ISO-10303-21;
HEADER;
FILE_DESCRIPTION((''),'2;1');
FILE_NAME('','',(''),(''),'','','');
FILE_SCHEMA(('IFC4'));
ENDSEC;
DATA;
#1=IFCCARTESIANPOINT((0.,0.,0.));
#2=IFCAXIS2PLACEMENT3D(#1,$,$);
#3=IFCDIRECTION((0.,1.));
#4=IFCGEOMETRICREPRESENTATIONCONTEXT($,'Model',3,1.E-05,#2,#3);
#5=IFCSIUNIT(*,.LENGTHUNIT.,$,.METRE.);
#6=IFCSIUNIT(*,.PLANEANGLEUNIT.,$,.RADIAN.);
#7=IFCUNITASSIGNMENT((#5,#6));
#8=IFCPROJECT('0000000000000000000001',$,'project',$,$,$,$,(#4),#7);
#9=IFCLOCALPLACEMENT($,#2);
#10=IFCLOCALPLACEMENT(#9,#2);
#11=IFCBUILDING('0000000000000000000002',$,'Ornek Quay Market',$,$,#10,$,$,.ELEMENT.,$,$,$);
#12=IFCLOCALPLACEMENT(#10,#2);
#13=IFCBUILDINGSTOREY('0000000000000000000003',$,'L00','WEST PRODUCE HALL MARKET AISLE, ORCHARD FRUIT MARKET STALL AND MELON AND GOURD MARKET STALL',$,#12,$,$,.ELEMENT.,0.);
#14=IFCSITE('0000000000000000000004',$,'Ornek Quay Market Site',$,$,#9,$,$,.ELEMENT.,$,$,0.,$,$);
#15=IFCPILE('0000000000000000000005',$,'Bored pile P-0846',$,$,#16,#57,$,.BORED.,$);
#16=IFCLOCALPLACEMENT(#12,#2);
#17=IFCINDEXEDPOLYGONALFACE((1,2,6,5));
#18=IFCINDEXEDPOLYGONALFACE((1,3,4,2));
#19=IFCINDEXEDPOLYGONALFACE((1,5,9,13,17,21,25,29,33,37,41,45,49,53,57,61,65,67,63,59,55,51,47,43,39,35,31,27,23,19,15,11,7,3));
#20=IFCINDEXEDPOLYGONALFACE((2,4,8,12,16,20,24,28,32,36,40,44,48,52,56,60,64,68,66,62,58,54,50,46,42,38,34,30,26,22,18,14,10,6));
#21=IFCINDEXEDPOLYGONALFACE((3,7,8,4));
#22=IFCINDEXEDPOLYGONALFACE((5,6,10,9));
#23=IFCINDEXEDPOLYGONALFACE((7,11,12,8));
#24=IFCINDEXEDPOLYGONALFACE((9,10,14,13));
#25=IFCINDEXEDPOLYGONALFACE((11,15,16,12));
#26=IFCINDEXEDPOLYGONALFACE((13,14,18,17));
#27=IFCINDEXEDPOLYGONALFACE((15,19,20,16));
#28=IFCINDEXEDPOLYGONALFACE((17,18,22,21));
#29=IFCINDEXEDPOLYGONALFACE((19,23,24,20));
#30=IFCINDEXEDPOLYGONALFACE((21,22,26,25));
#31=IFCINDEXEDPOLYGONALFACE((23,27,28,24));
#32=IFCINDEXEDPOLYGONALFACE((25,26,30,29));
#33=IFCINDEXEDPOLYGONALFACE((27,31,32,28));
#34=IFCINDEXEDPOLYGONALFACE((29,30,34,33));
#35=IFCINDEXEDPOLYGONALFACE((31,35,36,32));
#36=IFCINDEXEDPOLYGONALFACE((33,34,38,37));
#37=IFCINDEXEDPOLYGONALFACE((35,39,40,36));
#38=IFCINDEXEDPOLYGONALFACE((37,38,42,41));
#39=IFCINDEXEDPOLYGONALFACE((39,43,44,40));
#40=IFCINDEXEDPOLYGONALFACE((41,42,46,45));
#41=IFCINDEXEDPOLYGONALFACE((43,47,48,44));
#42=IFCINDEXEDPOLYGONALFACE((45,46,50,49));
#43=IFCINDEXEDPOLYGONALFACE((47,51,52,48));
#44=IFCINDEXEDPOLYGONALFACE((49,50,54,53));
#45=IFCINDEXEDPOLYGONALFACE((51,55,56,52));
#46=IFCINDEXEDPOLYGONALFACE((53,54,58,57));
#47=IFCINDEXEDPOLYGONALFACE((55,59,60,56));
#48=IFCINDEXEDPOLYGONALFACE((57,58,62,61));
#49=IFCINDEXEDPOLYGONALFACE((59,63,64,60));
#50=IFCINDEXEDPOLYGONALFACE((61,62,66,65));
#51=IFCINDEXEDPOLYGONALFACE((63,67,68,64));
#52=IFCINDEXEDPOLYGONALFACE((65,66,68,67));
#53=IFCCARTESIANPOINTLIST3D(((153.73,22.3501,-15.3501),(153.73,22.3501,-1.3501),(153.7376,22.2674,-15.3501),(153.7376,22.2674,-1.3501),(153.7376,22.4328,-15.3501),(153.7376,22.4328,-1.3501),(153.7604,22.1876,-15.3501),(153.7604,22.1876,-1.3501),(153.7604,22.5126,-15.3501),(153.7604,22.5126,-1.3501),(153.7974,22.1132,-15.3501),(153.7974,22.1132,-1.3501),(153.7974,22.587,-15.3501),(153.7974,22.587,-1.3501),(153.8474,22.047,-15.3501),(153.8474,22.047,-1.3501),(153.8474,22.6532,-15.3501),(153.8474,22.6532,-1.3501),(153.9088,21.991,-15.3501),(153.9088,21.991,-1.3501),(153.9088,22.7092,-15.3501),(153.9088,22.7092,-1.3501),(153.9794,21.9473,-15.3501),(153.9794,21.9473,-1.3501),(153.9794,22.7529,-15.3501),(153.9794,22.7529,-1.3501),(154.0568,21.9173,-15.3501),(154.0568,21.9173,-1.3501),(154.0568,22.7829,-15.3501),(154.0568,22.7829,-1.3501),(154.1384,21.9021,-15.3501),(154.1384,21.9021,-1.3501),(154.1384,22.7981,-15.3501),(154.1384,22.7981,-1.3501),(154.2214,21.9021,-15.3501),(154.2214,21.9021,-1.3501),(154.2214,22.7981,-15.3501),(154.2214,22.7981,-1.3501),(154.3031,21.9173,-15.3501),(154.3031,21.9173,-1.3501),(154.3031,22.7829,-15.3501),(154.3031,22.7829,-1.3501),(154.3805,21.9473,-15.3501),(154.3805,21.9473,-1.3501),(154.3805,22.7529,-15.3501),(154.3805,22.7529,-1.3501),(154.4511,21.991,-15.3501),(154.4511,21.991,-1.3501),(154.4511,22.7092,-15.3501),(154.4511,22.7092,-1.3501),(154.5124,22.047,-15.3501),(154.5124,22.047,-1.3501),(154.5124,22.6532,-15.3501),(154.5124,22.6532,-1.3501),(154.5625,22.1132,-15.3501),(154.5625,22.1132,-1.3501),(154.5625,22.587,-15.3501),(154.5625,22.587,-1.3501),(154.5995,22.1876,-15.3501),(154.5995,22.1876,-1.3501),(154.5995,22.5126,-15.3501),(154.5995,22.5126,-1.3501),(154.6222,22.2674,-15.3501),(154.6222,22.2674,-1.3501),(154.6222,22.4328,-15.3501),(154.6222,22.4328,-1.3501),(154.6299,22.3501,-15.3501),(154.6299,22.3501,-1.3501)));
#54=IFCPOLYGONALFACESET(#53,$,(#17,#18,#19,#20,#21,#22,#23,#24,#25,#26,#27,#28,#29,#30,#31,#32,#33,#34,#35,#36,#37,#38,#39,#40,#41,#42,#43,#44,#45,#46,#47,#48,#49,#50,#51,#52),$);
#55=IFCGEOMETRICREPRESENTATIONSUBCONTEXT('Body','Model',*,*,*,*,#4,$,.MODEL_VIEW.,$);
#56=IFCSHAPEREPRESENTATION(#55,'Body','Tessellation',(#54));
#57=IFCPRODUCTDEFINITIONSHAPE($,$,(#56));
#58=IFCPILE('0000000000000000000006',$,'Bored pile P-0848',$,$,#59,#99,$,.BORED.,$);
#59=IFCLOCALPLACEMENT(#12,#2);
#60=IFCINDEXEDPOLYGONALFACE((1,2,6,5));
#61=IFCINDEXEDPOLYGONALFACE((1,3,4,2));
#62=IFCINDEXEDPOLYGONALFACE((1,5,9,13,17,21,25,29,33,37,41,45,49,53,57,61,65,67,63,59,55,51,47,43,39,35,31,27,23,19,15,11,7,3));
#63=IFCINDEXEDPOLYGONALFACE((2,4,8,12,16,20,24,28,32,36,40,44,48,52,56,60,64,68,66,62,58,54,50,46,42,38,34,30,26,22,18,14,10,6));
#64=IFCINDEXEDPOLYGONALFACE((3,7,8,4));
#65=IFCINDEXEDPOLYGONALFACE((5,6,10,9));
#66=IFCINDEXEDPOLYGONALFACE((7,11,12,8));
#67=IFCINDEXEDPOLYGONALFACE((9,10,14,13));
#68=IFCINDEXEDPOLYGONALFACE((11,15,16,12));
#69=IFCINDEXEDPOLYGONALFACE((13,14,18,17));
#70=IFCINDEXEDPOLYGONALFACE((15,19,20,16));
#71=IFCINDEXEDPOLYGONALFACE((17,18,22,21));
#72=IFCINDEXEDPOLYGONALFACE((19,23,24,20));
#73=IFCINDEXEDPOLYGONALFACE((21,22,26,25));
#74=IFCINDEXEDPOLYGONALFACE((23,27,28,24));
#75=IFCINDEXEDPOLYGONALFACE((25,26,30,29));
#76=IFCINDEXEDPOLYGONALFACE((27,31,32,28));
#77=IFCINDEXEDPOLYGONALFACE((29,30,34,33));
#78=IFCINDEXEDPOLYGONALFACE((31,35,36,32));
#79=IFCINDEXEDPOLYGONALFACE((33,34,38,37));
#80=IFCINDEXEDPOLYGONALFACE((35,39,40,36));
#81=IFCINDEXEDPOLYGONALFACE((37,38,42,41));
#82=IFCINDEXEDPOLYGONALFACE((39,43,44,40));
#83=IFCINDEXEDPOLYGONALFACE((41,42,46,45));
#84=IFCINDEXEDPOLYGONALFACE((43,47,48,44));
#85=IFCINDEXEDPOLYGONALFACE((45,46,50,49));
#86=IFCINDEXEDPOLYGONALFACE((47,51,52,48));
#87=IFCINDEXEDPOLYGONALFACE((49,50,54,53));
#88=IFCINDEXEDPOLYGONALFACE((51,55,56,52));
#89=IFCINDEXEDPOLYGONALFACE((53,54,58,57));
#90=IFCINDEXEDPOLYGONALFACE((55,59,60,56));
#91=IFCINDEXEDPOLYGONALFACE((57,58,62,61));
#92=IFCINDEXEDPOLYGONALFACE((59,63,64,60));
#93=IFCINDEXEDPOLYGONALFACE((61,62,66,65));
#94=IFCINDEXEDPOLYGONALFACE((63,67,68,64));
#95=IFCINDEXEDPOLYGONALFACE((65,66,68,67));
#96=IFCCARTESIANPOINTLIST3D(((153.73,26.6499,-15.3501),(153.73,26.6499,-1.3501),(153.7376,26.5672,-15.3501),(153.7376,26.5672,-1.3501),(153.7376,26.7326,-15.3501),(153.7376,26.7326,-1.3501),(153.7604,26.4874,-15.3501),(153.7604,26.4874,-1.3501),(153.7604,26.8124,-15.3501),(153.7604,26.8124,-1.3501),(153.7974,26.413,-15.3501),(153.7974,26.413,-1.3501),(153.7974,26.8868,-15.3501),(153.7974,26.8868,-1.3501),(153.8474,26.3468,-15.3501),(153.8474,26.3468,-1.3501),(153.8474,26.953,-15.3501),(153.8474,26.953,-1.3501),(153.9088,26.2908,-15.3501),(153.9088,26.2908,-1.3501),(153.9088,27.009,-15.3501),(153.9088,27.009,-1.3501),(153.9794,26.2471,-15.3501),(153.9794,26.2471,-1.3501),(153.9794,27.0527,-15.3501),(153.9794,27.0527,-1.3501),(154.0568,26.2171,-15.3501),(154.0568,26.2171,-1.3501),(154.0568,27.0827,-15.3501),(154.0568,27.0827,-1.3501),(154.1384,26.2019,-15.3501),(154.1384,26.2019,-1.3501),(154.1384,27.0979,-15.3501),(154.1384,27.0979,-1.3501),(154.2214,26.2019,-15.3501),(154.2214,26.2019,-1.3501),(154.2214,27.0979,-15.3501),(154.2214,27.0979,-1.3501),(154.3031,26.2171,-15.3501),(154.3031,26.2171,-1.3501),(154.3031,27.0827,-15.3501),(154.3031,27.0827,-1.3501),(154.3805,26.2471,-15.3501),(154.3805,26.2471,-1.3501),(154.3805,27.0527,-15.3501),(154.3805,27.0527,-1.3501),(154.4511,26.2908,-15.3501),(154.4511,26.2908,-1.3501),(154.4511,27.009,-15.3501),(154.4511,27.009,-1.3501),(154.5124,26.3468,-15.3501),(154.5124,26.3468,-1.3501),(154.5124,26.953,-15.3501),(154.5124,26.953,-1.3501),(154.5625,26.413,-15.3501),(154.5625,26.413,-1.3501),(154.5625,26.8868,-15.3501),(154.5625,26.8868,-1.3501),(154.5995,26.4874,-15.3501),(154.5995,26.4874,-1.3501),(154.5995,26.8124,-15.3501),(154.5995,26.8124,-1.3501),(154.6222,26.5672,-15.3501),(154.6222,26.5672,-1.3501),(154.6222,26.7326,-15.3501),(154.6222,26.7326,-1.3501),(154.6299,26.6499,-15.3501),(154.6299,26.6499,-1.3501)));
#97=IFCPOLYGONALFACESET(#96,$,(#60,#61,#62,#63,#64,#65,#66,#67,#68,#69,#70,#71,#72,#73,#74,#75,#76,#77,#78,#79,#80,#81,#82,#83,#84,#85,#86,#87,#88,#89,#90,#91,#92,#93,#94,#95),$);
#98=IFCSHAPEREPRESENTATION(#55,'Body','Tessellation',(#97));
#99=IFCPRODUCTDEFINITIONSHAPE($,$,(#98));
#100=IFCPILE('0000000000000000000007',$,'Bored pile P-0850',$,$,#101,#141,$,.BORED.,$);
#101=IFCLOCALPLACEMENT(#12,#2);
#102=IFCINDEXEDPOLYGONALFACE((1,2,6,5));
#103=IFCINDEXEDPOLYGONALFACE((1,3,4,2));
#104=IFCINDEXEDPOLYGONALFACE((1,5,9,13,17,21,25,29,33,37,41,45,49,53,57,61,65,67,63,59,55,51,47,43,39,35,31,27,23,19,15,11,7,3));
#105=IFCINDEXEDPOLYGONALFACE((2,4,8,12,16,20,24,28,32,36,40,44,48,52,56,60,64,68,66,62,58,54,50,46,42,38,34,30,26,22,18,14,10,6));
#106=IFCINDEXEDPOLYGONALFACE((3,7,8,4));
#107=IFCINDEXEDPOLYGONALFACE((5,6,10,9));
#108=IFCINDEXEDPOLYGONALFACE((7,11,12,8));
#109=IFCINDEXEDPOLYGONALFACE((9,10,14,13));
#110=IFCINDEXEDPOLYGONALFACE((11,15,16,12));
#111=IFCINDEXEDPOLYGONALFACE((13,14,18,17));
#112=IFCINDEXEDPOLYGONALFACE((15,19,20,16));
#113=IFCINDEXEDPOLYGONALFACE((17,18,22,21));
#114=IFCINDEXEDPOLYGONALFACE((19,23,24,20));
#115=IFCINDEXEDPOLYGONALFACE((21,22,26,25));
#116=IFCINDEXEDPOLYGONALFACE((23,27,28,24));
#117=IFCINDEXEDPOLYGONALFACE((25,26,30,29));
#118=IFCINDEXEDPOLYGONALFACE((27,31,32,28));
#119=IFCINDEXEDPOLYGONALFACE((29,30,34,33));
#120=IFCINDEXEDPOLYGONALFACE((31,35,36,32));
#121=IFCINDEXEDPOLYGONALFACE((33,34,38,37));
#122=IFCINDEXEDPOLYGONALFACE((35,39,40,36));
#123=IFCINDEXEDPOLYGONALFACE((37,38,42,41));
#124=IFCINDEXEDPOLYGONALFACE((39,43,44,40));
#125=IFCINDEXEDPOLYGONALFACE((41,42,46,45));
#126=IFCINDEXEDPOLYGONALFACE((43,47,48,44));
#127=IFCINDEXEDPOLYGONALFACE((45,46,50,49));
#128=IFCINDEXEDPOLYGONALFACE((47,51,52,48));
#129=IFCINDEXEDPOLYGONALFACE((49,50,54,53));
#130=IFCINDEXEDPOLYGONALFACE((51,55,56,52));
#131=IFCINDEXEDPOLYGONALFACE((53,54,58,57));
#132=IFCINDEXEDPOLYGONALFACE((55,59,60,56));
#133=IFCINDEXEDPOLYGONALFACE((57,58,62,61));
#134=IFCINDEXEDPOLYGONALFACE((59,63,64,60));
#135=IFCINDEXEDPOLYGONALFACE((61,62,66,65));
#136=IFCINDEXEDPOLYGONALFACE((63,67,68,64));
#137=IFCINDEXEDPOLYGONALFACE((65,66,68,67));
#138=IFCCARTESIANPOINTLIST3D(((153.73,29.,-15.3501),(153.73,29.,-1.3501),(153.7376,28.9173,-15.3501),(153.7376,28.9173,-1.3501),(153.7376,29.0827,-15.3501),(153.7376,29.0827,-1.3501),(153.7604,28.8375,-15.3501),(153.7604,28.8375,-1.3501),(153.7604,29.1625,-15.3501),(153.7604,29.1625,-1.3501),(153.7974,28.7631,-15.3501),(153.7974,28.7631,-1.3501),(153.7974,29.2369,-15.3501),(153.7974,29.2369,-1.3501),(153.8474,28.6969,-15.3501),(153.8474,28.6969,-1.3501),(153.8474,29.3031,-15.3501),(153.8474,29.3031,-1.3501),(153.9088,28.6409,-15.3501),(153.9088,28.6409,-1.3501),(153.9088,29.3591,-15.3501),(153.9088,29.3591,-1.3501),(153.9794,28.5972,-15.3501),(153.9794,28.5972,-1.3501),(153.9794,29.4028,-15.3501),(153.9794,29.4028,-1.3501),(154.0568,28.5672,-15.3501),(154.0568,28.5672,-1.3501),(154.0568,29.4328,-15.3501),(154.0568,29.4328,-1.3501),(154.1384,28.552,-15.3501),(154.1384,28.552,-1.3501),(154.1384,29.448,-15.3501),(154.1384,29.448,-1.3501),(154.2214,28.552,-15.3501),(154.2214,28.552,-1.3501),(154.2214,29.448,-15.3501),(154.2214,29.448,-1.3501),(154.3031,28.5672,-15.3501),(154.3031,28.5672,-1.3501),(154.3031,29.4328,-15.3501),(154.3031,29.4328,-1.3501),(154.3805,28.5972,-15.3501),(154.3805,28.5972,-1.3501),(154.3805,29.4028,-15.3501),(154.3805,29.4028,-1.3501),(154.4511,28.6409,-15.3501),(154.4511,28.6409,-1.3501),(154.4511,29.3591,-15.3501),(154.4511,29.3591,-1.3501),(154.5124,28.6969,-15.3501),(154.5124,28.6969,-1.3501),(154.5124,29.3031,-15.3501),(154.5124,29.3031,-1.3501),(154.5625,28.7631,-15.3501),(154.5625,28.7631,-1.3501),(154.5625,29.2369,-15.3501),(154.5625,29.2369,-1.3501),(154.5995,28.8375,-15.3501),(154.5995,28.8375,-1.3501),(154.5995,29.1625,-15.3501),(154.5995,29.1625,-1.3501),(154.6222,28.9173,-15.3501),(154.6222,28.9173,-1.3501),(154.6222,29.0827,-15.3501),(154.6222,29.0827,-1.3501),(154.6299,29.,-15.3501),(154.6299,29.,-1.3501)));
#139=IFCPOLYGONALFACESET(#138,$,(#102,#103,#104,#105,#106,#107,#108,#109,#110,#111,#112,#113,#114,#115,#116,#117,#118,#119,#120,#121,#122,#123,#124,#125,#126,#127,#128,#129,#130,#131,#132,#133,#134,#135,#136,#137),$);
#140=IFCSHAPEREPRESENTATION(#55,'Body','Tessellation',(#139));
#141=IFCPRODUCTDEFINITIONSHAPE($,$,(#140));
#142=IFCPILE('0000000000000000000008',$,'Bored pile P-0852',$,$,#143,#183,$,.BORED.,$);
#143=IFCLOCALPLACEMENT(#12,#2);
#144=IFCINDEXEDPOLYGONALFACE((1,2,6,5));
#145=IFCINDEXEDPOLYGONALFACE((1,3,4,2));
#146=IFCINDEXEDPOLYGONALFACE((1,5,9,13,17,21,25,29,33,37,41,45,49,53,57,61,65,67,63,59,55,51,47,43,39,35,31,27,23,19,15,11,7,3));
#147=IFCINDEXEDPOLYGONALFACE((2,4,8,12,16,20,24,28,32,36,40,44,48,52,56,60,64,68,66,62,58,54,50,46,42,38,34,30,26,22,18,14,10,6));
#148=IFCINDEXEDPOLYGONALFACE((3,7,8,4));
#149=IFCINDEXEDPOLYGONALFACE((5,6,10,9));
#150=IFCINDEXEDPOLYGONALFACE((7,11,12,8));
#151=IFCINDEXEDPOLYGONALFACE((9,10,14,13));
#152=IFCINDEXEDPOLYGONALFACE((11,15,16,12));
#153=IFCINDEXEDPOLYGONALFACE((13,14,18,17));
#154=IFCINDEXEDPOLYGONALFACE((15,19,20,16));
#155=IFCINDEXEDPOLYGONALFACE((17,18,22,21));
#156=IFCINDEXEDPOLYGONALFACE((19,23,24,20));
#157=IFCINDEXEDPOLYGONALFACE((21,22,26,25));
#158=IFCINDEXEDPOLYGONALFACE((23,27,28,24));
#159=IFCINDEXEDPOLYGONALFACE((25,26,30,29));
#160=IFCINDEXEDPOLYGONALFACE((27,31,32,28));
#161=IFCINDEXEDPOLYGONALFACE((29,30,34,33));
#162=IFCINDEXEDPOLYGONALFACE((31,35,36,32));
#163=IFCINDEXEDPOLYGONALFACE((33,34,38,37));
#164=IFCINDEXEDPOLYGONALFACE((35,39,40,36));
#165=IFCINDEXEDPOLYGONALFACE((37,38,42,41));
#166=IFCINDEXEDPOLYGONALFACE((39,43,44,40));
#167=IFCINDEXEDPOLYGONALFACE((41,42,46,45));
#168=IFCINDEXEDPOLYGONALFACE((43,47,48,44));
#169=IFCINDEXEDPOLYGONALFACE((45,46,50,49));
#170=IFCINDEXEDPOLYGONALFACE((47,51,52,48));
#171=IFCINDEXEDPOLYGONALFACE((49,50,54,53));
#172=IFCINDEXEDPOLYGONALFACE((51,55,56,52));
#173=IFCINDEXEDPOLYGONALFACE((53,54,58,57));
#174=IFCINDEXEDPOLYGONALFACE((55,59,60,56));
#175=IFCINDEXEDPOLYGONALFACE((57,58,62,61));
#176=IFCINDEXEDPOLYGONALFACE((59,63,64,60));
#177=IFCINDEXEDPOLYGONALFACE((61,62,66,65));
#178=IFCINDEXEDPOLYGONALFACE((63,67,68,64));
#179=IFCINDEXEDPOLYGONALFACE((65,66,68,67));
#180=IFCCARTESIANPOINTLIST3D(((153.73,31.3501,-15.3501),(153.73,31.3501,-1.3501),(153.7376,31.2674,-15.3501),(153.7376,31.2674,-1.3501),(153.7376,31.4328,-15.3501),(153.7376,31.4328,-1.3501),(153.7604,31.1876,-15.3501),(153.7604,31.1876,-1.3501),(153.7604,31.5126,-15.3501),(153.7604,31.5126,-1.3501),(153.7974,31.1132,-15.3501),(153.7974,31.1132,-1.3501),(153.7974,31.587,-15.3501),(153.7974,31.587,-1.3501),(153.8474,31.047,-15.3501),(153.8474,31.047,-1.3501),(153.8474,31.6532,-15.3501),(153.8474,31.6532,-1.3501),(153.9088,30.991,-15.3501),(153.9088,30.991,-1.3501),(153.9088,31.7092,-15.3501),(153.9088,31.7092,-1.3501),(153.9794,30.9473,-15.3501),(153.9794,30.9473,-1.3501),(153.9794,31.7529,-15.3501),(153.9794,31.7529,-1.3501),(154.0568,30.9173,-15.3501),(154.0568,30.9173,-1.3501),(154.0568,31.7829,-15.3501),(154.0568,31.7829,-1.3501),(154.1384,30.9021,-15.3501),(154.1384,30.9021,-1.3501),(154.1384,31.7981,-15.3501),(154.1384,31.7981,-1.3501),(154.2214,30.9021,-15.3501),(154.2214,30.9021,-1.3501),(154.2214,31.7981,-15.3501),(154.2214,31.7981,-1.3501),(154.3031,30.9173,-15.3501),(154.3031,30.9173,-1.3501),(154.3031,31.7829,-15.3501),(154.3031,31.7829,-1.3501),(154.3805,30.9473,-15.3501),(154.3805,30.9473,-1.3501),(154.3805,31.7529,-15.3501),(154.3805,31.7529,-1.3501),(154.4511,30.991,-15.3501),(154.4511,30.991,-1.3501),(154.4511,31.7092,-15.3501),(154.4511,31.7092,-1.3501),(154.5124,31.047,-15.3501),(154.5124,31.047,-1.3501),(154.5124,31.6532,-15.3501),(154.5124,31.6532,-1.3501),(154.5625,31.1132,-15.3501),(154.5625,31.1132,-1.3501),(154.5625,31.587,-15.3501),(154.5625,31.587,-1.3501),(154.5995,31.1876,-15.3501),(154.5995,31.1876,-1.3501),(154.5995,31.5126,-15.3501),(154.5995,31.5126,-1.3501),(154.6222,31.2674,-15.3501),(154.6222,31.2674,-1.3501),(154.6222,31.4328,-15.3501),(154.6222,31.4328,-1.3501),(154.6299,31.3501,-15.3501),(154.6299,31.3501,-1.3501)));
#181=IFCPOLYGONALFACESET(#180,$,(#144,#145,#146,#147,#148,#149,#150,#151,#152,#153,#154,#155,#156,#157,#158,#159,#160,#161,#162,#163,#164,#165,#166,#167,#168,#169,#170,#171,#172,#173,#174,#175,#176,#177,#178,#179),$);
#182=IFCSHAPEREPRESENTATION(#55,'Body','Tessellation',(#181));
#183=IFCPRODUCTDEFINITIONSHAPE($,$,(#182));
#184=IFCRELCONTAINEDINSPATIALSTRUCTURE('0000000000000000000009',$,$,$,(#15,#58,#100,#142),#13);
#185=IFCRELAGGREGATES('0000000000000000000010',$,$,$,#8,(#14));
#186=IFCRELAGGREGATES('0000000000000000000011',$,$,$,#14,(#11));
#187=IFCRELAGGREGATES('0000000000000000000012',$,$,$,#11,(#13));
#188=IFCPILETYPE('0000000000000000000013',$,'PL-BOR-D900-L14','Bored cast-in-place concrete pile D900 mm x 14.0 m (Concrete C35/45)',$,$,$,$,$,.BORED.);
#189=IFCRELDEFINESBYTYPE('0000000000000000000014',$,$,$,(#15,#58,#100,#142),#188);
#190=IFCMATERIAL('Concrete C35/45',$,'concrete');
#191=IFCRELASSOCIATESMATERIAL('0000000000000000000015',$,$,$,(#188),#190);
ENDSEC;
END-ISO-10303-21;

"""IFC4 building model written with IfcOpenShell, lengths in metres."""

from ifc_helpers import new_model, si_unit, direction, frame, origin, origin_2d, place, context, subcontext, project, spatial, circle, extrude, material, material_profile, profile_set, type_object, element, save


model = new_model("IFC4")

# Units and contexts
model_context = context("Model", 3, precision=1e-05, world=origin(), true_north=direction((0.0, 1.0)))
body_context = subcontext(model_context, "Body", "Model", "MODEL_VIEW")
ifc_project = project(units=[si_unit("LENGTHUNIT", "METRE"), si_unit("PLANEANGLEUNIT", "RADIAN")], contexts=[model_context])

# Site, building, storey
site_placement = place(None, origin())
site = spatial("IfcSite", under=ifc_project, at=site_placement, Name="Ornek Quay Market Site", CompositionType="ELEMENT", RefElevation=0.0)
building_placement = place(site_placement, origin())
building = spatial("IfcBuilding", under=site, at=building_placement, Name="Ornek Quay Market", CompositionType="ELEMENT")
storey_placement = place(building_placement, origin())
storey = spatial("IfcBuildingStorey", under=building, at=storey_placement, Name="L00", Description="WEST PRODUCE HALL MARKET AISLE, ORCHARD FRUIT MARKET STALL AND MELON AND GOURD MARKET STALL", CompositionType="ELEMENT", Elevation=0.0)

# Piles
ifc_material_1 = material(Name="Concrete C35/45", Category="concrete")
ifc_material_profile_1 = material_profile(ifc_material_1, circle(Radius=0.45, at=origin_2d()), Name="PILE D900", Category="concrete")
ifc_profile_set_1 = profile_set([ifc_material_profile_1], Name="Concrete C35/45")
pile_type = type_object("IfcPileType", Name="PL-BOR-D900-L14", Description="Bored cast-in-place concrete pile D900 mm x 14.0 m (Concrete C35/45)", PredefinedType="BORED", material=ifc_profile_set_1)
for number, where, z_axis, x_axis, name in (
    (1, (154.1799, 22.3501, -1.3501), (0.0, 0.0, -1.0), (1.0, 0.0, 0.0), "Bored pile P-0846"),
    (2, (154.1799, 26.6499, -1.3501), (0.0, 0.0, -1.0), (1.0, 0.0, 0.0), "Bored pile P-0848"),
    (3, (154.1799, 29.0, -1.3501), (0.0, 0.0, -1.0), (1.0, 0.0, 0.0), "Bored pile P-0850"),
    (4, (154.1799, 31.3501, -1.3501), (0.0, 0.0, -1.0), (1.0, 0.0, 0.0), "Bored pile P-0852"),
):
    element("IfcPile", number, at=place(storey_placement, frame(where, z_axis=z_axis, x_axis=x_axis)), inside=storey, type_object=pile_type, Name=name, PredefinedType="BORED", context=body_context, shape_type="SweptSolid", body=[
        extrude(circle(Radius=0.45, at=origin_2d()), origin(), (0.0, 0.0, 1.0), 14.0),
    ])

save(model, "model.ifc")
